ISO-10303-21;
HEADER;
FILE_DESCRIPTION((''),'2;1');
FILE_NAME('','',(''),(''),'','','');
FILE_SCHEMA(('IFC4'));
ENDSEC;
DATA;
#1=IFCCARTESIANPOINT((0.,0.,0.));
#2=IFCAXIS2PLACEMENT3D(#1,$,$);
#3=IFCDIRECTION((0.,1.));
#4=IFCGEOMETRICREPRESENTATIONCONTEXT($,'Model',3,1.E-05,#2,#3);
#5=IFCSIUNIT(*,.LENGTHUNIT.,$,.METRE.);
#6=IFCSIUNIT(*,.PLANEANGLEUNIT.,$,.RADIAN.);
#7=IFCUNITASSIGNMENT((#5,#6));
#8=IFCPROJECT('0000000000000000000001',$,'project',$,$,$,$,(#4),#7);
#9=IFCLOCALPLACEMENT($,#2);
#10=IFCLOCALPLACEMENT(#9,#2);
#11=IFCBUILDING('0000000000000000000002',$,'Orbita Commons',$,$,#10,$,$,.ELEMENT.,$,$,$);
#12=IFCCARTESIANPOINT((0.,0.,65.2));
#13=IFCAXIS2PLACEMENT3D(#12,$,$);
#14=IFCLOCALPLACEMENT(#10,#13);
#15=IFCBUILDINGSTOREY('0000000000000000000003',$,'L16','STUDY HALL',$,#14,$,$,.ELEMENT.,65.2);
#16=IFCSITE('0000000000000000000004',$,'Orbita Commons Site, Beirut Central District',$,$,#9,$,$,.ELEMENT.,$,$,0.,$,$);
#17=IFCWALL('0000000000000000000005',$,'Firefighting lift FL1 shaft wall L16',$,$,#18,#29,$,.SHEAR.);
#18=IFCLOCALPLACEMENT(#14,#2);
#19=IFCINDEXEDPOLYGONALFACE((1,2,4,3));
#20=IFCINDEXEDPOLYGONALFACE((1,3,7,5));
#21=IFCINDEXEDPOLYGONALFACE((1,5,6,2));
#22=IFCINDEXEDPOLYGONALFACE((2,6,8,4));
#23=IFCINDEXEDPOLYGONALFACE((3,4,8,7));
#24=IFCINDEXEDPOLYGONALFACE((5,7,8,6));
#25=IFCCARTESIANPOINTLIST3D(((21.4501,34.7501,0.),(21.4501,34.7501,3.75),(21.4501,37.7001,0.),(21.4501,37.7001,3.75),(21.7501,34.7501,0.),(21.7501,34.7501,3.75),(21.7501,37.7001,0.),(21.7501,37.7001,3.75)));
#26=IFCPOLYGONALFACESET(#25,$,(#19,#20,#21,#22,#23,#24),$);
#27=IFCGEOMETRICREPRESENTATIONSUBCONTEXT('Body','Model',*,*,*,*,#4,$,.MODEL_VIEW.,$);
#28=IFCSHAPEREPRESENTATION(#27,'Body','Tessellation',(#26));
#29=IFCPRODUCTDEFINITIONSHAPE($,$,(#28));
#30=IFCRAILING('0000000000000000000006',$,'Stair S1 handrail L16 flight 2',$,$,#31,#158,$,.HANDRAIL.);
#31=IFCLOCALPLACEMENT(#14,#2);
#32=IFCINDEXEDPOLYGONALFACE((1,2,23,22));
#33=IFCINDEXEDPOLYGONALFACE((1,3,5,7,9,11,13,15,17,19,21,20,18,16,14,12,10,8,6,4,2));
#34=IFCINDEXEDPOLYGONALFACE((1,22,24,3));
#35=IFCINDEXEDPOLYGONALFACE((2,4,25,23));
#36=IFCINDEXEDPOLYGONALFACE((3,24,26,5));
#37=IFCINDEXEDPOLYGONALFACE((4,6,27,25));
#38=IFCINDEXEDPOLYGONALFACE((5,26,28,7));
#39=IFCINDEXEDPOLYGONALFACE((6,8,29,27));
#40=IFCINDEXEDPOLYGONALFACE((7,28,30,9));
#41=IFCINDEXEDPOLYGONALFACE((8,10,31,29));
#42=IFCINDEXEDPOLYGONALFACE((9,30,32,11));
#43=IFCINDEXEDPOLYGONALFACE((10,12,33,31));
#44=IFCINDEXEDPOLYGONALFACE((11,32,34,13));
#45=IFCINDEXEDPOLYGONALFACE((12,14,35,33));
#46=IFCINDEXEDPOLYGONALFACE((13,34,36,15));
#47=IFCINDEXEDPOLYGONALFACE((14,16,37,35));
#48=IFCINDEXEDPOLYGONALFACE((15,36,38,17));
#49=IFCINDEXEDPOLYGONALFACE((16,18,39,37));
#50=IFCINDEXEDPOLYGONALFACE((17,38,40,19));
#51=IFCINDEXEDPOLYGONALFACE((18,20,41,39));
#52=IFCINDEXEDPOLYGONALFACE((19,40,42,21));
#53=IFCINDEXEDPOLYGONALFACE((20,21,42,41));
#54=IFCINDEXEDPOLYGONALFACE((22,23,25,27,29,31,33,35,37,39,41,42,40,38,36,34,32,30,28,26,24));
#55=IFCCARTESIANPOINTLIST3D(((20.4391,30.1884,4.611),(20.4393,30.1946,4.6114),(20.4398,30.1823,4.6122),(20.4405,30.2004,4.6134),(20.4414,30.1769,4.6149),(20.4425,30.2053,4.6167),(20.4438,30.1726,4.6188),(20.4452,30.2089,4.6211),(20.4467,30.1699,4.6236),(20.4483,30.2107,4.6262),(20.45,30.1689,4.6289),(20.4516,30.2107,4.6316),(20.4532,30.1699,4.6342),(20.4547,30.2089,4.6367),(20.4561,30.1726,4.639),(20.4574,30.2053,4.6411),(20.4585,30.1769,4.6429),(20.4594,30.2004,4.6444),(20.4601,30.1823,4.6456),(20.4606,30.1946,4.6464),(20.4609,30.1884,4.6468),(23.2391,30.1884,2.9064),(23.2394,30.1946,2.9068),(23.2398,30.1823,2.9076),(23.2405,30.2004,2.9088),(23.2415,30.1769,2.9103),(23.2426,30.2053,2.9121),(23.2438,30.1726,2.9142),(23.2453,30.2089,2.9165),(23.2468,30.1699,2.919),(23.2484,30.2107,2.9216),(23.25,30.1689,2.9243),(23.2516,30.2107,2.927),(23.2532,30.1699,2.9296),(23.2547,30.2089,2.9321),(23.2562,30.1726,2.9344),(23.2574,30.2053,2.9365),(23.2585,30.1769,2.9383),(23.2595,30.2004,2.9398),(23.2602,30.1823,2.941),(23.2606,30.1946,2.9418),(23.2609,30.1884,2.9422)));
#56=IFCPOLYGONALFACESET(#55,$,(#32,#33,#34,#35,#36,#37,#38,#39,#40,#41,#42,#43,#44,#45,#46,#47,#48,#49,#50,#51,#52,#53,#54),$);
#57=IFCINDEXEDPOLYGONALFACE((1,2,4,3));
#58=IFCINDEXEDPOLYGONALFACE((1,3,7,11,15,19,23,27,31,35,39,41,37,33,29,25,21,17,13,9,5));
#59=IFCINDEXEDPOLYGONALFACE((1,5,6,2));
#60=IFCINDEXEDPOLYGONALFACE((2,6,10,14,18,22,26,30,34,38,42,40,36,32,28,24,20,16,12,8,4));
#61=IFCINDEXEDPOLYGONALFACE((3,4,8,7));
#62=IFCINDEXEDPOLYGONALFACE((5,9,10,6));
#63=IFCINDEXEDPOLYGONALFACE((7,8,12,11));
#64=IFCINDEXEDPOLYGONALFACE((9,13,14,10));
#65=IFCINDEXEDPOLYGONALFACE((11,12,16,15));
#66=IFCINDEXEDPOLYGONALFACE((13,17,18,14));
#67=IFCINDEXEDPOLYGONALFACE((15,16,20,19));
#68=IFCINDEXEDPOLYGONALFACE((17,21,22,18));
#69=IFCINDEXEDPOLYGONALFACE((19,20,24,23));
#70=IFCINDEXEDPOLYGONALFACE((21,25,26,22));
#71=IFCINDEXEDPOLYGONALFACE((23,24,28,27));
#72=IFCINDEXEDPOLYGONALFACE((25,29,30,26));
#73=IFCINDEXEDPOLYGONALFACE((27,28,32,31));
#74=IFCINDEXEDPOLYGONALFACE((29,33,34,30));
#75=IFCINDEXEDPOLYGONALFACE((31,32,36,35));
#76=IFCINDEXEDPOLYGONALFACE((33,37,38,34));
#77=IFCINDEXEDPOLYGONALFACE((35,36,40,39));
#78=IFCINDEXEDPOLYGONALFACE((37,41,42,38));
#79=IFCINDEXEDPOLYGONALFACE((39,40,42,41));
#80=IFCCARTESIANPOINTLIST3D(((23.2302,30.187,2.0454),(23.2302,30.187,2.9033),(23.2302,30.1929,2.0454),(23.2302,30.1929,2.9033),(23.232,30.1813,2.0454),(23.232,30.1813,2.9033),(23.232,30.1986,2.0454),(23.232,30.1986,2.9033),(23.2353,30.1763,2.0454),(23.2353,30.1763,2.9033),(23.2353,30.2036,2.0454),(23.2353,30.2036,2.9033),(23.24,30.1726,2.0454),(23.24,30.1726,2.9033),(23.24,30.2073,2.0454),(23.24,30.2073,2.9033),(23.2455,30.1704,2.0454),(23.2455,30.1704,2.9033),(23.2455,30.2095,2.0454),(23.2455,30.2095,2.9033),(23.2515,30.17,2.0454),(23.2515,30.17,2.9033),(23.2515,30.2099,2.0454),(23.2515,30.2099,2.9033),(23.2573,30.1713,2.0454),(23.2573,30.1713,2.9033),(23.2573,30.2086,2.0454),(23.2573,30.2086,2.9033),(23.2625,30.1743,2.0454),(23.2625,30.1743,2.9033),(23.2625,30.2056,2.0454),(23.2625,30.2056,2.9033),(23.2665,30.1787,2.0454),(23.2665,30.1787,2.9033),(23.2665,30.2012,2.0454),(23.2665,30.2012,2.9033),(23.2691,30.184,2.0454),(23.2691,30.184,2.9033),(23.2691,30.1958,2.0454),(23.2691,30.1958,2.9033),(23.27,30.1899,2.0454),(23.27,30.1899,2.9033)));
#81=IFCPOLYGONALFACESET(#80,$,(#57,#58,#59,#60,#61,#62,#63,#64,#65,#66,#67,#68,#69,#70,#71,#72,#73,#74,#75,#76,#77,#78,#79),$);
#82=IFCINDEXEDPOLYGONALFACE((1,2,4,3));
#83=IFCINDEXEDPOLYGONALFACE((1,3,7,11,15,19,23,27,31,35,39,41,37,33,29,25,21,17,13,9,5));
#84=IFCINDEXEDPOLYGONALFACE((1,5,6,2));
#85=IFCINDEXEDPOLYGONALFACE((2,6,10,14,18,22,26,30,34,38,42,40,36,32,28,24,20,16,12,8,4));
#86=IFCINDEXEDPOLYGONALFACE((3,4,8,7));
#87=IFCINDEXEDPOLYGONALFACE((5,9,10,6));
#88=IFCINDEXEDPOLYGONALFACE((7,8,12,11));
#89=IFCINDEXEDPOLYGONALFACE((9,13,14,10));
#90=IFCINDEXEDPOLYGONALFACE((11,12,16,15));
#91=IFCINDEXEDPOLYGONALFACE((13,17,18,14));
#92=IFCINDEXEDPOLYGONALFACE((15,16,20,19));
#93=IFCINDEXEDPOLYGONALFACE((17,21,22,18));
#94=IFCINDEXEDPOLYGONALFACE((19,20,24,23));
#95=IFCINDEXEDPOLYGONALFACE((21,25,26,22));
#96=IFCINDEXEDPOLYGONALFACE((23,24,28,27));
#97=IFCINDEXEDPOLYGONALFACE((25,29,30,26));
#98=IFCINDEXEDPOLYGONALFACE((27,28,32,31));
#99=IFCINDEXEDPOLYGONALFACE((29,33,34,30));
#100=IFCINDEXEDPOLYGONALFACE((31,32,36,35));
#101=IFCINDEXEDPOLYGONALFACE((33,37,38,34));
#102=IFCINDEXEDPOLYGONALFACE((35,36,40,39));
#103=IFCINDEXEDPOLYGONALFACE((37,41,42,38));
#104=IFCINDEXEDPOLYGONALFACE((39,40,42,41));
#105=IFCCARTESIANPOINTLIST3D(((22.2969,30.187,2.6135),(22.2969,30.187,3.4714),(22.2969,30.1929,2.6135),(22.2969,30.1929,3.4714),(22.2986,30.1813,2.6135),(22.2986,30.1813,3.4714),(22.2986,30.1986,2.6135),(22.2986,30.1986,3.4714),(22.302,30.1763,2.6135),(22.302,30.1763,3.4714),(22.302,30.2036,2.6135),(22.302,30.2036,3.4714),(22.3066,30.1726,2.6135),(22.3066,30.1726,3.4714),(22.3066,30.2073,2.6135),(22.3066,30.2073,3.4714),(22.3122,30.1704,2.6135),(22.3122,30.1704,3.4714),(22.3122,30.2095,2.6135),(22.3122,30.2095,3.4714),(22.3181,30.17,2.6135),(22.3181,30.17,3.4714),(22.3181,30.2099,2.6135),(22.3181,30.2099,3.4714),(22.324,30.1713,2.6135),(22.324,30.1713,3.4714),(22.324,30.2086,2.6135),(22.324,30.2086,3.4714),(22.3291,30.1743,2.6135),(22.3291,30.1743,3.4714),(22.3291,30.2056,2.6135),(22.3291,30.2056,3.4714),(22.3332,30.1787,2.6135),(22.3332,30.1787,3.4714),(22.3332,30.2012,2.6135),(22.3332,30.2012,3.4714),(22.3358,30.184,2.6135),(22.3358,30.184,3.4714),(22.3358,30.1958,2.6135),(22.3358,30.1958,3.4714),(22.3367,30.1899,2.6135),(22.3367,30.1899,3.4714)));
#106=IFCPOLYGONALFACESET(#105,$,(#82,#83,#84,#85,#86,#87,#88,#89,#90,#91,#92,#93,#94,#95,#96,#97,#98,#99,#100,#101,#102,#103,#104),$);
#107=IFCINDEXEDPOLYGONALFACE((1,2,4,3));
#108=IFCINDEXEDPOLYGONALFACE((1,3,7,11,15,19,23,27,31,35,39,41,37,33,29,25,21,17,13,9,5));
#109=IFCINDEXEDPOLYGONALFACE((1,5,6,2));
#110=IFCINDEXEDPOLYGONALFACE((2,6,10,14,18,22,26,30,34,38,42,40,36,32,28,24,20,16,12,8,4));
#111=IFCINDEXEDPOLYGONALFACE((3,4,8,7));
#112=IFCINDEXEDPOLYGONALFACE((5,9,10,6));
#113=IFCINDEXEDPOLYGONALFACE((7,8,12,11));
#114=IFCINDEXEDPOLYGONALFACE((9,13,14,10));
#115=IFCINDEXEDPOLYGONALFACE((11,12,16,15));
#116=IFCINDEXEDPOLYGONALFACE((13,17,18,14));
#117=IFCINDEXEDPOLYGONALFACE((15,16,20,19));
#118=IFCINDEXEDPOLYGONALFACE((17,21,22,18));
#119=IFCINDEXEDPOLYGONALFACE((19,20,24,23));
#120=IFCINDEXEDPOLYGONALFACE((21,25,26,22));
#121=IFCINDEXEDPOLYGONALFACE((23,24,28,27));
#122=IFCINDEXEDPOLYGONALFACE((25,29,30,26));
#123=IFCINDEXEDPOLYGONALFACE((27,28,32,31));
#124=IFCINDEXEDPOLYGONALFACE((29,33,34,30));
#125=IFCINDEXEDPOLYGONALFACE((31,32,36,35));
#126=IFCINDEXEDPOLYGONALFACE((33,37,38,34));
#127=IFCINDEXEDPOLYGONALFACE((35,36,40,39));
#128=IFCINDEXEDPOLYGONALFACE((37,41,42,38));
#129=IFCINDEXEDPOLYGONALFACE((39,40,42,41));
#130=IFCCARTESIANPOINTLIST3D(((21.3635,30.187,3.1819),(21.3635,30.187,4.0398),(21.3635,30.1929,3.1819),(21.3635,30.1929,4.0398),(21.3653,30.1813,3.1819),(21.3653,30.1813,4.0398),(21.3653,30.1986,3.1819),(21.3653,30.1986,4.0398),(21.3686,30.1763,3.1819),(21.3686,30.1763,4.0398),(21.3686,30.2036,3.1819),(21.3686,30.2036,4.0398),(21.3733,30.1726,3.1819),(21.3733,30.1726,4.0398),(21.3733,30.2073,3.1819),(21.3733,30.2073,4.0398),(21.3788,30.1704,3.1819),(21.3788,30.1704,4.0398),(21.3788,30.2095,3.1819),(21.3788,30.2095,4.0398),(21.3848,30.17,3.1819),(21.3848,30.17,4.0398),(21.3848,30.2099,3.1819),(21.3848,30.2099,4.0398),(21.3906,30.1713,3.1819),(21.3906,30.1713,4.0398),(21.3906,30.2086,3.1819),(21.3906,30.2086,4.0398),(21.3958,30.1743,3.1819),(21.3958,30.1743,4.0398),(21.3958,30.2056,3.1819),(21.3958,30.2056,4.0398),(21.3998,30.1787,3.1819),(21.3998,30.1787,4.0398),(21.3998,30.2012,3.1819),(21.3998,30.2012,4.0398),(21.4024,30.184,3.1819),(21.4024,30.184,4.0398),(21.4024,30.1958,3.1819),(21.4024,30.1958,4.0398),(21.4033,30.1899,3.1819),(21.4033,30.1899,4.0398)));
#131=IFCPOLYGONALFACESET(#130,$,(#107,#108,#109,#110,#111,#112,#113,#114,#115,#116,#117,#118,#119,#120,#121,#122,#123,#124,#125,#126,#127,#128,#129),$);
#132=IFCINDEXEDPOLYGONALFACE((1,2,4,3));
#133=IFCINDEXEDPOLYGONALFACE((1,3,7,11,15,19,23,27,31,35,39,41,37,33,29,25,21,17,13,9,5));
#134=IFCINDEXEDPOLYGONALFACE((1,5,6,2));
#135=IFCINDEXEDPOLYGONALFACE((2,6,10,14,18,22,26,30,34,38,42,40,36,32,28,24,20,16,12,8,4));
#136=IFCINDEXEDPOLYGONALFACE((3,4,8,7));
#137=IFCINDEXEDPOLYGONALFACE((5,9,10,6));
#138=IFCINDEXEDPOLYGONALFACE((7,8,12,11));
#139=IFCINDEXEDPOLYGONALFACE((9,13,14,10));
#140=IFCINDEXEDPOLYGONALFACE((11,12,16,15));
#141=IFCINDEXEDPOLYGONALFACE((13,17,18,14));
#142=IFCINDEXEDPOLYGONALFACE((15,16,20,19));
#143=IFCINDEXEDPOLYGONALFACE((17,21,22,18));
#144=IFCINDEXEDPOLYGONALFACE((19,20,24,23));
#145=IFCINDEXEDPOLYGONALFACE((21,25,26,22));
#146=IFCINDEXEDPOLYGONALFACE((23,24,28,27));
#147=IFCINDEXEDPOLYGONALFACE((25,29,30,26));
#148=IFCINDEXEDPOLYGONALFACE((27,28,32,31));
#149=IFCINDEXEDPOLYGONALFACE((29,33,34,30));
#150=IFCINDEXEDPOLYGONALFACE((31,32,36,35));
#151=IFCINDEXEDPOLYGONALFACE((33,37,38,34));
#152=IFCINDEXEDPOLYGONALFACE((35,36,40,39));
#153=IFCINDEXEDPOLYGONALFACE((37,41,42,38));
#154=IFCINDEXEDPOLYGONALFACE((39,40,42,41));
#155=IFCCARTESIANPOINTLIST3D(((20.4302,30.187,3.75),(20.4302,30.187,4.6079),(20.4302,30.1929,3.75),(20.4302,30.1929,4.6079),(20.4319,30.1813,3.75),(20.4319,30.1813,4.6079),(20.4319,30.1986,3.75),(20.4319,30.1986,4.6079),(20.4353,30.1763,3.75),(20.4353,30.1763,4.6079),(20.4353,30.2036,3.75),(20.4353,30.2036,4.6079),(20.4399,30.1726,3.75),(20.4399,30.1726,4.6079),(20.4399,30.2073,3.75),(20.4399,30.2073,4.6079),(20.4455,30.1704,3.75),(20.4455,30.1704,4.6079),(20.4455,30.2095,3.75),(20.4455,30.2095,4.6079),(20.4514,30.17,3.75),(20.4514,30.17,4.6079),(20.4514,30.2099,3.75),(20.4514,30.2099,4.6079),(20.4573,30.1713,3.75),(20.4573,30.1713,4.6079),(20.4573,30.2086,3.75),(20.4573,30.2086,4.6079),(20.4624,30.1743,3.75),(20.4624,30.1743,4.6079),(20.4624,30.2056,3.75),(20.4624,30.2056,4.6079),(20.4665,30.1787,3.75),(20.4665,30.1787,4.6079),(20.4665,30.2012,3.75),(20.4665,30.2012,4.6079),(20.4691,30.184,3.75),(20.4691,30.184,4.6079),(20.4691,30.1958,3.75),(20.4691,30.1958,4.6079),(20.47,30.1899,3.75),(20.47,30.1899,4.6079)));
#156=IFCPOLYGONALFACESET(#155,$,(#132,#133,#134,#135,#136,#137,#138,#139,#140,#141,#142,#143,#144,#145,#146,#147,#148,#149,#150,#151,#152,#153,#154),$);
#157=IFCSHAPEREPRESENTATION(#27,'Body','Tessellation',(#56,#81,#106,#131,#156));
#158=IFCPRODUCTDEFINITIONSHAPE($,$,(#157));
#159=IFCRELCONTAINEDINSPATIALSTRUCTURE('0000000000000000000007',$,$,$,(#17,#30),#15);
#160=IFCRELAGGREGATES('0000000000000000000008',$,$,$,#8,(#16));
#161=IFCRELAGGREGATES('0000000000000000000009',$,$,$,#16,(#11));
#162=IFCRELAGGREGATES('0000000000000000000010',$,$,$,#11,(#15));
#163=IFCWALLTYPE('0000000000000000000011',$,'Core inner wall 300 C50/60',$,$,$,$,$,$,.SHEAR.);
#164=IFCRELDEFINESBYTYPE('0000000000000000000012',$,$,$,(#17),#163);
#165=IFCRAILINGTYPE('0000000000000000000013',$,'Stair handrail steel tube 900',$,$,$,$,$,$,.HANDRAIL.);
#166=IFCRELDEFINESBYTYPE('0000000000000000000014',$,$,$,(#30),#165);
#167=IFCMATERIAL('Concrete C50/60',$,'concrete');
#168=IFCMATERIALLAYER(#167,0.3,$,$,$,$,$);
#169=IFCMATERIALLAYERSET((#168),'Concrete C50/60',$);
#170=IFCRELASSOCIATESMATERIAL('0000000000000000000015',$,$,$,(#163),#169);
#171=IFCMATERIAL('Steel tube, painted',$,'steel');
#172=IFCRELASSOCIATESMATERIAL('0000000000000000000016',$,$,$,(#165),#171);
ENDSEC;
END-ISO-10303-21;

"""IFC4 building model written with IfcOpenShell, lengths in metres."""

from ifc_helpers import new_model, si_unit, direction, frame, frame_2d, origin, origin_2d, place, context, subcontext, project, spatial, rectangle, circle, extrude, material, layer, layer_set, type_object, element, save


model = new_model("IFC4")

# Units and contexts
model_context = context("Model", 3, precision=1e-05, world=origin(), true_north=direction((0.0, 1.0)))
body_context = subcontext(model_context, "Body", "Model", "MODEL_VIEW")
ifc_project = project(units=[si_unit("LENGTHUNIT", "METRE"), si_unit("PLANEANGLEUNIT", "RADIAN")], contexts=[model_context])

# Site, building, storey
site_placement = place(None, origin())
site = spatial("IfcSite", under=ifc_project, at=site_placement, Name="Orbita Commons Site, Beirut Central District", CompositionType="ELEMENT", RefElevation=0.0)
building_placement = place(site_placement, origin())
building = spatial("IfcBuilding", under=site, at=building_placement, Name="Orbita Commons", CompositionType="ELEMENT")
storey_placement = place(building_placement, frame((0.0, 0.0, 65.2)))
storey = spatial("IfcBuildingStorey", under=building, at=storey_placement, Name="L16", Description="STUDY HALL", CompositionType="ELEMENT", Elevation=65.2)

# Wall
ifc_material_1 = material(Name="Concrete C50/60", Category="concrete")
ifc_layer = layer(ifc_material_1, 0.3)
ifc_layer_set = layer_set([ifc_layer], Name="Concrete C50/60")
wall_type = type_object("IfcWallType", Name="Core inner wall 300 C50/60", PredefinedType="SHEAR", material=ifc_layer_set)
wall_placement = place(storey_placement, frame((21.6001, 34.75, 0.0), z_axis=(0.0, 0.0, 1.0), x_axis=(0.0, 1.0, 0.0)))
element("IfcWall", 1, at=wall_placement, inside=storey, type_object=wall_type, Name="Firefighting lift FL1 shaft wall L16", PredefinedType="SHEAR", context=body_context, shape_type="SweptSolid", body=[
    extrude(rectangle(XDim=2.95, YDim=0.3, at=frame_2d((1.4751, 0.0))), origin(), (0.0, 0.0, 1.0), 3.75),
])

# Railing
ifc_material_2 = material(Name="Steel tube, painted", Category="steel")
railing_type = type_object("IfcRailingType", Name="Stair handrail steel tube 900", PredefinedType="HANDRAIL", material=ifc_material_2)
railing_placement = place(storey_placement, frame((23.25, 30.1899, 2.0454)))
element("IfcRailing", 2, at=railing_placement, inside=storey, type_object=railing_type, Name="Stair S1 handrail L16 flight 2", PredefinedType="HANDRAIL", context=body_context, shape_type="SweptSolid", body=[
    extrude(circle(Radius=0.021, at=origin_2d()), frame((0.0, 0.0, 0.8789), z_axis=(-0.85417, 0.0, 0.519994), x_axis=(0.0, -1.0, 0.0)), (0.0, 0.0, 1.0), 3.2781),
    extrude(circle(Radius=0.02, at=origin_2d()), origin(), (0.0, 0.0, 1.0), 0.8579),
    extrude(circle(Radius=0.02, at=origin_2d()), frame((-0.9333, 0.0, 0.5681)), (0.0, 0.0, 1.0), 0.8579),
    extrude(circle(Radius=0.02, at=origin_2d()), frame((-1.8667, 0.0, 1.1365)), (0.0, 0.0, 1.0), 0.8579),
    extrude(circle(Radius=0.02, at=origin_2d()), frame((-2.8, 0.0, 1.7046)), (0.0, 0.0, 1.0), 0.8579),
])

save(model, "model.ifc")
